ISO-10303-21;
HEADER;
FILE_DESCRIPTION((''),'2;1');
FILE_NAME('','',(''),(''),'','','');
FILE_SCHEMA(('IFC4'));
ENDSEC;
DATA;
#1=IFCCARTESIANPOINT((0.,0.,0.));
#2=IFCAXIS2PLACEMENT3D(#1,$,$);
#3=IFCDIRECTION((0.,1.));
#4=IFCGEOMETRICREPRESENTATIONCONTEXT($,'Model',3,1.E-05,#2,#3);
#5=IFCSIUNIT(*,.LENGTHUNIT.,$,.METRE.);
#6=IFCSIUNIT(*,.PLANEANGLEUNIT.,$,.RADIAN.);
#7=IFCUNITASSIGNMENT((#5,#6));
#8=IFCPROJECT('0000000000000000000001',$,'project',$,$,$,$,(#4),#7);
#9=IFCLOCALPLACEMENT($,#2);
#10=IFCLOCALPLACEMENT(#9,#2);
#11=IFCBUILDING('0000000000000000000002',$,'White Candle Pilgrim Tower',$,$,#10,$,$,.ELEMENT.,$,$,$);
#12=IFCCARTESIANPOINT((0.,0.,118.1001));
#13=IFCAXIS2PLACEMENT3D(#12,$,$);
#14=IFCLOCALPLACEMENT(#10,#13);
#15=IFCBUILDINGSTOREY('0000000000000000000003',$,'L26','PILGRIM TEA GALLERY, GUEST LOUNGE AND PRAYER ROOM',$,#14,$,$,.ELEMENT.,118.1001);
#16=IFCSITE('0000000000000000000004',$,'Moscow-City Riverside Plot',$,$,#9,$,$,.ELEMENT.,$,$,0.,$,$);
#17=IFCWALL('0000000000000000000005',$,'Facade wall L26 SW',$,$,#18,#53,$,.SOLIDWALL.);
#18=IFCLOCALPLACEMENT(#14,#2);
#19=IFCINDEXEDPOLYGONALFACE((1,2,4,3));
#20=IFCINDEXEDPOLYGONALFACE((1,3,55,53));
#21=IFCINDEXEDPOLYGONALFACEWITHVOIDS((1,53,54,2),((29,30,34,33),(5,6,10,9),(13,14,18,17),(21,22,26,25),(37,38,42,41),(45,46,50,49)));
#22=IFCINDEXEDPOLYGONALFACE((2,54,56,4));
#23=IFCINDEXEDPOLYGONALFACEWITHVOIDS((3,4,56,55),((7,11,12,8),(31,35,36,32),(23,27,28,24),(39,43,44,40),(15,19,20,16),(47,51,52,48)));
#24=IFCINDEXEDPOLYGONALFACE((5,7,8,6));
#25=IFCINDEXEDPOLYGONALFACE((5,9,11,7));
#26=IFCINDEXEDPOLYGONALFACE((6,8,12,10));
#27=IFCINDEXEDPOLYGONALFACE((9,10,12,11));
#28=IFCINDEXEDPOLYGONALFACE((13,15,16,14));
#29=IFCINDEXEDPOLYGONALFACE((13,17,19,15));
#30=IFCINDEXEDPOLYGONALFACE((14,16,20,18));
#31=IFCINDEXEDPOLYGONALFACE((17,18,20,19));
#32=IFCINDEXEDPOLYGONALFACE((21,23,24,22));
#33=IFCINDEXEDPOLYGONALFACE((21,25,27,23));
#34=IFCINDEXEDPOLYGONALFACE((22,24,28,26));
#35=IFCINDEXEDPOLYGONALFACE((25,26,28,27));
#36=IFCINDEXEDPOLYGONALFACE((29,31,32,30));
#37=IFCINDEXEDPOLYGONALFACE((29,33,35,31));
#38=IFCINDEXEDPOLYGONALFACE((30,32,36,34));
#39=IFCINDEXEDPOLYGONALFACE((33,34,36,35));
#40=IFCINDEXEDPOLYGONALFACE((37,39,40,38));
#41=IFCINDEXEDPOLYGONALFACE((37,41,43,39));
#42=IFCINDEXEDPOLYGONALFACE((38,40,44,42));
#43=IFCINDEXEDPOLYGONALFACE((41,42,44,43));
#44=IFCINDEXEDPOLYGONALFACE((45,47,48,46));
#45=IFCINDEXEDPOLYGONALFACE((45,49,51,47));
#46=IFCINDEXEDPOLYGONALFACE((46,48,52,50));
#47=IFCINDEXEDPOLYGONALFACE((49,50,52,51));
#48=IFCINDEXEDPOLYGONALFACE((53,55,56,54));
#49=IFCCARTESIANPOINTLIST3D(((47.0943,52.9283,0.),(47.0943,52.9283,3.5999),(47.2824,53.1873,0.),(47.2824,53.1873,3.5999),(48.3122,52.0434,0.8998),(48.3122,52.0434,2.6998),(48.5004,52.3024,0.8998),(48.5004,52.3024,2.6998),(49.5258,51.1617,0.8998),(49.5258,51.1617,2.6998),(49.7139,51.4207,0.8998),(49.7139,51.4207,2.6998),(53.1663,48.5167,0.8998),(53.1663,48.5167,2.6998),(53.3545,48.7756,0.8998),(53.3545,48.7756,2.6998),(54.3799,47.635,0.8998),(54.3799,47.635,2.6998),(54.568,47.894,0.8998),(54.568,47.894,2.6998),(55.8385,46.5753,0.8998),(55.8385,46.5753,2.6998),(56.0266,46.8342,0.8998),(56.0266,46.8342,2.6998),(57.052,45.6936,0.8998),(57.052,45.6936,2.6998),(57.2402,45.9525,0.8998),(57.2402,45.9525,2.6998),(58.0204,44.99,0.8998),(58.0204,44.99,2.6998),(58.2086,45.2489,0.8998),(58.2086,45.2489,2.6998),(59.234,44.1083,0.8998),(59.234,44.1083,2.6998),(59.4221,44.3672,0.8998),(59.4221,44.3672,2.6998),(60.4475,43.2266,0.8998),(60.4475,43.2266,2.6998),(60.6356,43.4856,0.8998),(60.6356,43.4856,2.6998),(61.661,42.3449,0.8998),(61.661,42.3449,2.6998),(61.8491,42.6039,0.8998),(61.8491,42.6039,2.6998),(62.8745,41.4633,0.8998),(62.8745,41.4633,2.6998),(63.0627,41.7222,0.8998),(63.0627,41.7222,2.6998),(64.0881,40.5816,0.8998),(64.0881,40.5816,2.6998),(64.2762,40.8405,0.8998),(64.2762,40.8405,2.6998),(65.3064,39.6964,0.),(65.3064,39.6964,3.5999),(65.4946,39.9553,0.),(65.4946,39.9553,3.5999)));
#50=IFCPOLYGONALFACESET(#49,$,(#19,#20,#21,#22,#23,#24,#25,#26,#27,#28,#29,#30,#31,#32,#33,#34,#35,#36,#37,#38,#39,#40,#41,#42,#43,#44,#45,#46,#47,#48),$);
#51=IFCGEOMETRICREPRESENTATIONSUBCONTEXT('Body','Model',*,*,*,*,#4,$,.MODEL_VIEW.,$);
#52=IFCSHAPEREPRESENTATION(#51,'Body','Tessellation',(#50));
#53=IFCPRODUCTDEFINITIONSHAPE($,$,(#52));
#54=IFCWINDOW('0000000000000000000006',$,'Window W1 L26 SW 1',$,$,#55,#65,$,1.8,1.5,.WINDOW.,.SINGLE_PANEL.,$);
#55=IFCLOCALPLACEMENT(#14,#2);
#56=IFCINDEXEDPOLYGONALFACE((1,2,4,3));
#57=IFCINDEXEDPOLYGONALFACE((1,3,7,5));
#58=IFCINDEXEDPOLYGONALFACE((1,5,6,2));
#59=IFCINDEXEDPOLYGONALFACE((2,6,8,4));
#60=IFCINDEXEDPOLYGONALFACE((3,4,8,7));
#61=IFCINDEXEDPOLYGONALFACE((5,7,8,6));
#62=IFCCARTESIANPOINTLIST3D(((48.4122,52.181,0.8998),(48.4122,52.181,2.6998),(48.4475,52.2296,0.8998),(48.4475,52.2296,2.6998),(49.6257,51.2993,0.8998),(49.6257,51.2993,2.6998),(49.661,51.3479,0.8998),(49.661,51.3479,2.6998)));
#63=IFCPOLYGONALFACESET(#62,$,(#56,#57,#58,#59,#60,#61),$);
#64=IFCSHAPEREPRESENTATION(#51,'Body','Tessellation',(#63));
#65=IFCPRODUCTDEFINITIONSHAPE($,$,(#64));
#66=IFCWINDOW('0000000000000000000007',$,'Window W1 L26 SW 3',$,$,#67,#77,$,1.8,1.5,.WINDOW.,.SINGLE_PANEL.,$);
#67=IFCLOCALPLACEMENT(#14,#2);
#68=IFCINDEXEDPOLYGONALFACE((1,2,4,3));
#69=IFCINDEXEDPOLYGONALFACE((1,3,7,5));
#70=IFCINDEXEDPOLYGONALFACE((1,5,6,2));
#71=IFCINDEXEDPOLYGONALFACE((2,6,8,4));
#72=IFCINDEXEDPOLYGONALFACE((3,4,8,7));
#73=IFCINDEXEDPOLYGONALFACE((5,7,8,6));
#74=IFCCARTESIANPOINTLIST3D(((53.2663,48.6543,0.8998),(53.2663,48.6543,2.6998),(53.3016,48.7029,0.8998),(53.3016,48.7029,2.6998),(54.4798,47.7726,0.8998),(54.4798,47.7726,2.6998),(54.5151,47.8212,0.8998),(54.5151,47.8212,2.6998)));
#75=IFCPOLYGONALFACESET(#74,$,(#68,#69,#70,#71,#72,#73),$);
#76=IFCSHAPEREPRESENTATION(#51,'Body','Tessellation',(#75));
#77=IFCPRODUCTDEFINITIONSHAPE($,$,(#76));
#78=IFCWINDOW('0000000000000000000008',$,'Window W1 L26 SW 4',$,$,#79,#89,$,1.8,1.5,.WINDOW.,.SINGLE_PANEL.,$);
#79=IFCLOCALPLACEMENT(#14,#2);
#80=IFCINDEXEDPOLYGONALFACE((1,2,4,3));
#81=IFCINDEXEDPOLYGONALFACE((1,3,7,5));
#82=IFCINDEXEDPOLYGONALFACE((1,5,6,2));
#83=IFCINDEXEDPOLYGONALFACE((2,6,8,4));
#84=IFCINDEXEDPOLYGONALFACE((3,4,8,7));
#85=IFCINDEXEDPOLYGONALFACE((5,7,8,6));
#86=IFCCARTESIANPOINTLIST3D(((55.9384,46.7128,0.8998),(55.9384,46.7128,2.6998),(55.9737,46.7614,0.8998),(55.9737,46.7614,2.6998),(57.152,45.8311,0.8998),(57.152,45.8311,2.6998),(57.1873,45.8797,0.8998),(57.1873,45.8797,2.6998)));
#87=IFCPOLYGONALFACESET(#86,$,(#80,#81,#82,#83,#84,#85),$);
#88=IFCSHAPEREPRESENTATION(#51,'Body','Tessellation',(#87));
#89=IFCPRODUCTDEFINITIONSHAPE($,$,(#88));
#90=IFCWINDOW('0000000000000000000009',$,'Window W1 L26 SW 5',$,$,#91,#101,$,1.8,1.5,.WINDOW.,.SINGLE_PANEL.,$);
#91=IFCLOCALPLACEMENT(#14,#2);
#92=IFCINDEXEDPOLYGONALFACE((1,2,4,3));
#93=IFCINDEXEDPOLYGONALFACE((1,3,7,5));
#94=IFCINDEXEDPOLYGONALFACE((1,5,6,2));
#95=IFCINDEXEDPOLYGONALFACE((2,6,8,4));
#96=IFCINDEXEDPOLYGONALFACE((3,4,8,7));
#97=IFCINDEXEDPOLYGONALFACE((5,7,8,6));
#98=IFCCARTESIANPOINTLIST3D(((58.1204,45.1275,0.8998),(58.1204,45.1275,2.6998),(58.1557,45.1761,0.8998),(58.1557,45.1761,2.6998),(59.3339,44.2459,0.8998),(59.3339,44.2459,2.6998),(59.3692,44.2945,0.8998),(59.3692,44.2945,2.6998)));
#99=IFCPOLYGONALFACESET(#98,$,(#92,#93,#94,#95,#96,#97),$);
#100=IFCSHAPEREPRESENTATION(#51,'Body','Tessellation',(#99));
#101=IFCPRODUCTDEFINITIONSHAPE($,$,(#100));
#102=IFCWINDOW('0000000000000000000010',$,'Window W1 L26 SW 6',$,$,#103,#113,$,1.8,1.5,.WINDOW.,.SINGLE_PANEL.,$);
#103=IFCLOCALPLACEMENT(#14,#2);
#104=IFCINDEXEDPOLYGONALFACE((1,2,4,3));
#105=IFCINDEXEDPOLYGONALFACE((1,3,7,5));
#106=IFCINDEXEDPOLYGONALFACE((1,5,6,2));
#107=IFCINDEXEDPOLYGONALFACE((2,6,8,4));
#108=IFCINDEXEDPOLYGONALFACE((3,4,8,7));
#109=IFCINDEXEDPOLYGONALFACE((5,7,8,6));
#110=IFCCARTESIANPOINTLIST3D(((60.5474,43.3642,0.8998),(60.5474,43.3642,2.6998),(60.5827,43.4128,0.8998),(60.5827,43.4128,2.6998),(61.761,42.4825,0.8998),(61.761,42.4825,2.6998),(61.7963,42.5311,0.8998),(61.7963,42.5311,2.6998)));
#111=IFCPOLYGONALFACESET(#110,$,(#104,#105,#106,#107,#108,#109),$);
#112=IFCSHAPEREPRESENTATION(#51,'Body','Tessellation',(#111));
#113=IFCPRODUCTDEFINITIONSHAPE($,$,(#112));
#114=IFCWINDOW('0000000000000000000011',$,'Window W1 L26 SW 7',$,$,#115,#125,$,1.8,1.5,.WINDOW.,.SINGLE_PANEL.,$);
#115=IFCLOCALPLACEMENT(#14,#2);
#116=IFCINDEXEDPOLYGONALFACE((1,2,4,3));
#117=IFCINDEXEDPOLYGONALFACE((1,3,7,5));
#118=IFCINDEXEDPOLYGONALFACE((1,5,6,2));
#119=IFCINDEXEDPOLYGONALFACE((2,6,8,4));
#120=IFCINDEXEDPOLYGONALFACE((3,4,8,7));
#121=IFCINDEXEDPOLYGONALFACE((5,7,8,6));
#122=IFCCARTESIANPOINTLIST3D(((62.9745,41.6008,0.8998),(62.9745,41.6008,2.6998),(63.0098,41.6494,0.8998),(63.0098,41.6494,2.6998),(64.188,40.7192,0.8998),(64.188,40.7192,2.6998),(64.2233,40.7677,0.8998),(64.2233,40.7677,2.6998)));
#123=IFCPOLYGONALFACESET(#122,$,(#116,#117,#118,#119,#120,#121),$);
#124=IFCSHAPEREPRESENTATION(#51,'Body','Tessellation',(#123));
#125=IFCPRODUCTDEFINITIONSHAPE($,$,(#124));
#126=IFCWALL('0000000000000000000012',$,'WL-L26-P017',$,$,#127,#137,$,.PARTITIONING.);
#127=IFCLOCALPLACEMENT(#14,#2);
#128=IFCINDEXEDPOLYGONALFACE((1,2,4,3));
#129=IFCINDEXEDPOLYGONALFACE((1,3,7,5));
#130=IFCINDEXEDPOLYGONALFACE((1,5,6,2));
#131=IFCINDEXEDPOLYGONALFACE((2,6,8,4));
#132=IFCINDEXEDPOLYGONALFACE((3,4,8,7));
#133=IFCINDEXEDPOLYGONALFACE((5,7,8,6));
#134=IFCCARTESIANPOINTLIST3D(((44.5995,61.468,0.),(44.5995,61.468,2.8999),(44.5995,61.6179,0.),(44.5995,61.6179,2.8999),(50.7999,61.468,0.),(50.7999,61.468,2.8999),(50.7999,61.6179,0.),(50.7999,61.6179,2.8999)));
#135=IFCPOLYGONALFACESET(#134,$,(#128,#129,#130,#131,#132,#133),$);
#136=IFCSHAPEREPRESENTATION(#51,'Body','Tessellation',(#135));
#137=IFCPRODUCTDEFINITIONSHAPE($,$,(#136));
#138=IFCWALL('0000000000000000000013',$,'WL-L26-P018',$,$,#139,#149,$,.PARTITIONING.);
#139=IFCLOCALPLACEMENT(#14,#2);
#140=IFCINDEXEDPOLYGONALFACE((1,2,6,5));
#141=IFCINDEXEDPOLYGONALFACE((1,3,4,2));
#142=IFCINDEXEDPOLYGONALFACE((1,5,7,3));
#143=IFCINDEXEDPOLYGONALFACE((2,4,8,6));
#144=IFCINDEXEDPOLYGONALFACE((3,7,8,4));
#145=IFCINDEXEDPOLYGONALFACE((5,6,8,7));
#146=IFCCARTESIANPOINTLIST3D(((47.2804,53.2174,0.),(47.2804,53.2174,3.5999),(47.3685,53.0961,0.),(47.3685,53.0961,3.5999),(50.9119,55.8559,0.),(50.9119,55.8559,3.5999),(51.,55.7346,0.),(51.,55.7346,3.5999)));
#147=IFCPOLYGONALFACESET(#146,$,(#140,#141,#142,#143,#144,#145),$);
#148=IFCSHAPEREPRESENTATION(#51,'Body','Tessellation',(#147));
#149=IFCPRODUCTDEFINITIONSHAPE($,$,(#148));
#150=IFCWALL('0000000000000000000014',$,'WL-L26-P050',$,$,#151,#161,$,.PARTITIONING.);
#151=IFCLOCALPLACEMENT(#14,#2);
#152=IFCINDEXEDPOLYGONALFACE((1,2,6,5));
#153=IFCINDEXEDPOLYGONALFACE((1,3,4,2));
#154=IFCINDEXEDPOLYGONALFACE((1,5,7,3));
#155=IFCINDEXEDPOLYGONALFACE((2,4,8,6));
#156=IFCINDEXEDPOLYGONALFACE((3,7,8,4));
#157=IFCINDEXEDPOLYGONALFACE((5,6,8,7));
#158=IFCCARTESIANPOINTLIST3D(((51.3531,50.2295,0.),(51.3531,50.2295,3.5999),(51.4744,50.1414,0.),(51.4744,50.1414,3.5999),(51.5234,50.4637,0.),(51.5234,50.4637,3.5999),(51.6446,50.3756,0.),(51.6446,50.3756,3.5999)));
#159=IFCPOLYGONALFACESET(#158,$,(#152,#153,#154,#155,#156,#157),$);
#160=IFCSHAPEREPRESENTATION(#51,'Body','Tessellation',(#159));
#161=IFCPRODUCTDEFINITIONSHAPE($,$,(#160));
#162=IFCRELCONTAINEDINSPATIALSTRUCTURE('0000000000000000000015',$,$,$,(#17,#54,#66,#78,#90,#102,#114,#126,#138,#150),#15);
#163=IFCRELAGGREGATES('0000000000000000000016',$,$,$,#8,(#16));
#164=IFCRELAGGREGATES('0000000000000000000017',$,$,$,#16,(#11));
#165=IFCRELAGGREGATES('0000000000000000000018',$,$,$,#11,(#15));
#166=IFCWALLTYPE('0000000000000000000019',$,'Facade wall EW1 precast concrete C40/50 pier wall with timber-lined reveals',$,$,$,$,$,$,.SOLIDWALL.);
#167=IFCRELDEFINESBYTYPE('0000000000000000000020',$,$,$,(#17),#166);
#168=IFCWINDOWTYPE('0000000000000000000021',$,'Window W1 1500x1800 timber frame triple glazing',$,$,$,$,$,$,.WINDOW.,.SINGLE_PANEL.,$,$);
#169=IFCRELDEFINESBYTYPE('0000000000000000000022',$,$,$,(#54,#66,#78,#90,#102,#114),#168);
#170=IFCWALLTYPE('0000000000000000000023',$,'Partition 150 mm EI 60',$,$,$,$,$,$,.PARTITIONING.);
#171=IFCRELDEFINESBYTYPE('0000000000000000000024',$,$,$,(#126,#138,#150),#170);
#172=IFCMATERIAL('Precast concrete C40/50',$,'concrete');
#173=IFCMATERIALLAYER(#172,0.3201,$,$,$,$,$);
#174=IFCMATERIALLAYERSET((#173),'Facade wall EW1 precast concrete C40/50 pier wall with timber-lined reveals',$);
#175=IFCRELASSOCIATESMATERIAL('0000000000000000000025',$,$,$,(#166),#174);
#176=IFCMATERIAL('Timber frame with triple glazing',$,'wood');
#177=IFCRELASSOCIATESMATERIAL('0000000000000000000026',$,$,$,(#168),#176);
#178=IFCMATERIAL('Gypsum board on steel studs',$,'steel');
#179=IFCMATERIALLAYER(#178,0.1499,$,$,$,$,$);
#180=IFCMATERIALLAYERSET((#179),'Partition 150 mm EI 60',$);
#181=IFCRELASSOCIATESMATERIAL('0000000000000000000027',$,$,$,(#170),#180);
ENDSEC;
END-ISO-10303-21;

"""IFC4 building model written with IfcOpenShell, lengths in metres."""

from ifc_helpers import new_model, si_unit, direction, frame, frame_2d, origin, place, context, subcontext, project, spatial, rectangle, extrude, material, layer, layer_set, type_object, element, fill, save


model = new_model("IFC4")

# Units and contexts
model_context = context("Model", 3, precision=1e-05, world=origin(), true_north=direction((0.0, 1.0)))
body_context = subcontext(model_context, "Body", "Model", "MODEL_VIEW")
ifc_project = project(units=[si_unit("LENGTHUNIT", "METRE"), si_unit("PLANEANGLEUNIT", "RADIAN")], contexts=[model_context])

# Site, building, storey
site_placement = place(None, origin())
site = spatial("IfcSite", under=ifc_project, at=site_placement, Name="Moscow-City Riverside Plot", CompositionType="ELEMENT", RefElevation=0.0)
building_placement = place(site_placement, origin())
building = spatial("IfcBuilding", under=site, at=building_placement, Name="White Candle Pilgrim Tower", CompositionType="ELEMENT")
storey_placement = place(building_placement, frame((0.0, 0.0, 118.1001)))
storey = spatial("IfcBuildingStorey", under=building, at=storey_placement, Name="L26", Description="PILGRIM TEA GALLERY, GUEST LOUNGE AND PRAYER ROOM", CompositionType="ELEMENT", Elevation=118.1001)

# Shared definitions
ifc_material_1 = material(Name="Gypsum board on steel studs", Category="steel")

# Wall, openings, windows
ifc_material_2 = material(Name="Precast concrete C40/50", Category="concrete")
ifc_layer_1 = layer(ifc_material_2, 0.3201)
ifc_layer_set_1 = layer_set([ifc_layer_1], Name="Facade wall EW1 precast concrete C40/50 pier wall with timber-lined reveals")
wall_type_1 = type_object("IfcWallType", Name="Facade wall EW1 precast concrete C40/50 pier wall with timber-lined reveals", PredefinedType="SOLIDWALL", material=ifc_layer_set_1)
ifc_material_3 = material(Name="Timber frame with triple glazing", Category="wood")
wall_1_placement = place(storey_placement, frame((47.1882, 53.0579, 0.0), z_axis=(0.0, 0.0, 1.0), x_axis=(0.809016, -0.587786, 0.0)))
wall_1 = element("IfcWall", 1, at=wall_1_placement, inside=storey, type_object=wall_type_1, Name="Facade wall L26 SW", PredefinedType="SOLIDWALL", context=body_context, shape_type="SweptSolid", body=[
    extrude(rectangle(XDim=22.5115, YDim=0.3201, at=frame_2d((11.2559, 0.0))), origin(), (0.0, 0.0, 1.0), 3.5999),
])
opening_1_placement = place(wall_1_placement, frame((1.5056, 0.0, 0.8999)))
opening_1 = element("IfcOpeningElement", 2, at=opening_1_placement, cuts=wall_1, PredefinedType="OPENING", context=body_context, shape_type="SweptSolid", body=[
    extrude(rectangle(XDim=1.5, YDim=1.8, at=frame_2d((0.75, 0.8999))), frame((0.0, 0.1699, 0.0), z_axis=(0.0, -1.0, 0.0), x_axis=(1.0, 0.0, 0.0)), (0.0, 0.0, 1.0), 0.3401),
])
opening_2_placement = place(wall_1_placement, frame((7.5056, 0.0, 0.8999)))
opening_2 = element("IfcOpeningElement", 3, at=opening_2_placement, cuts=wall_1, PredefinedType="OPENING", context=body_context, shape_type="SweptSolid", body=[
    extrude(rectangle(XDim=1.5, YDim=1.8, at=frame_2d((0.75, 0.8999))), frame((0.0, 0.1699, 0.0), z_axis=(0.0, -1.0, 0.0), x_axis=(1.0, 0.0, 0.0)), (0.0, 0.0, 1.0), 0.3401),
])
opening_3_placement = place(wall_1_placement, frame((10.8086, 0.0, 0.8999)))
opening_3 = element("IfcOpeningElement", 4, at=opening_3_placement, cuts=wall_1, PredefinedType="OPENING", context=body_context, shape_type="SweptSolid", body=[
    extrude(rectangle(XDim=1.5, YDim=1.8, at=frame_2d((0.75, 0.8999))), frame((0.0, 0.1699, 0.0), z_axis=(0.0, -1.0, 0.0), x_axis=(1.0, 0.0, 0.0)), (0.0, 0.0, 1.0), 0.3401),
])
opening_4_placement = place(wall_1_placement, frame((13.5056, 0.0, 0.8999)))
opening_4 = element("IfcOpeningElement", 5, at=opening_4_placement, cuts=wall_1, PredefinedType="OPENING", context=body_context, shape_type="SweptSolid", body=[
    extrude(rectangle(XDim=1.5, YDim=1.8, at=frame_2d((0.75, 0.8999))), frame((0.0, 0.1699, 0.0), z_axis=(0.0, -1.0, 0.0), x_axis=(1.0, 0.0, 0.0)), (0.0, 0.0, 1.0), 0.3401),
])
opening_5_placement = place(wall_1_placement, frame((16.5056, 0.0, 0.8999)))
opening_5 = element("IfcOpeningElement", 6, at=opening_5_placement, cuts=wall_1, PredefinedType="OPENING", context=body_context, shape_type="SweptSolid", body=[
    extrude(rectangle(XDim=1.5, YDim=1.8, at=frame_2d((0.75, 0.8999))), frame((0.0, 0.1699, 0.0), z_axis=(0.0, -1.0, 0.0), x_axis=(1.0, 0.0, 0.0)), (0.0, 0.0, 1.0), 0.3401),
])
opening_6_placement = place(wall_1_placement, frame((19.5056, 0.0, 0.8999)))
opening_6 = element("IfcOpeningElement", 7, at=opening_6_placement, cuts=wall_1, PredefinedType="OPENING", context=body_context, shape_type="SweptSolid", body=[
    extrude(rectangle(XDim=1.5, YDim=1.8, at=frame_2d((0.75, 0.8999))), frame((0.0, 0.1699, 0.0), z_axis=(0.0, -1.0, 0.0), x_axis=(1.0, 0.0, 0.0)), (0.0, 0.0, 1.0), 0.3401),
])
window_type_1 = type_object("IfcWindowType", Name="Window W1 1500x1800 timber frame triple glazing", PartitioningType="SINGLE_PANEL", PredefinedType="WINDOW", material=ifc_material_3)
window_1_placement = place(opening_1_placement, origin())
window_1 = element("IfcWindow", 8, at=window_1_placement, inside=storey, type_object=window_type_1, Name="Window W1 L26 SW 1", OverallHeight=1.8, OverallWidth=1.5, PartitioningType="SINGLE_PANEL", PredefinedType="WINDOW", context=body_context, shape_type="SweptSolid", body=[
    extrude(rectangle(XDim=1.5, YDim=1.8, at=frame_2d((0.75, 0.8999))), frame((0.0, 0.0701, 0.0), z_axis=(0.0, -1.0, 0.0), x_axis=(1.0, 0.0, 0.0)), (0.0, 0.0, 1.0), 0.0601),
])
fill(opening_1, window_1)
window_2_placement = place(opening_2_placement, origin())
window_2 = element("IfcWindow", 9, at=window_2_placement, inside=storey, type_object=window_type_1, Name="Window W1 L26 SW 3", OverallHeight=1.8, OverallWidth=1.5, PartitioningType="SINGLE_PANEL", PredefinedType="WINDOW", context=body_context, shape_type="SweptSolid", body=[
    extrude(rectangle(XDim=1.5, YDim=1.8, at=frame_2d((0.75, 0.8999))), frame((0.0, 0.0701, 0.0), z_axis=(0.0, -1.0, 0.0), x_axis=(1.0, 0.0, 0.0)), (0.0, 0.0, 1.0), 0.0601),
])
fill(opening_2, window_2)
window_3_placement = place(opening_3_placement, origin())
window_3 = element("IfcWindow", 10, at=window_3_placement, inside=storey, type_object=window_type_1, Name="Window W1 L26 SW 4", OverallHeight=1.8, OverallWidth=1.5, PartitioningType="SINGLE_PANEL", PredefinedType="WINDOW", context=body_context, shape_type="SweptSolid", body=[
    extrude(rectangle(XDim=1.5, YDim=1.8, at=frame_2d((0.75, 0.8999))), frame((0.0, 0.0701, 0.0), z_axis=(0.0, -1.0, 0.0), x_axis=(1.0, 0.0, 0.0)), (0.0, 0.0, 1.0), 0.0601),
])
fill(opening_3, window_3)
window_4_placement = place(opening_4_placement, origin())
window_4 = element("IfcWindow", 11, at=window_4_placement, inside=storey, type_object=window_type_1, Name="Window W1 L26 SW 5", OverallHeight=1.8, OverallWidth=1.5, PartitioningType="SINGLE_PANEL", PredefinedType="WINDOW", context=body_context, shape_type="SweptSolid", body=[
    extrude(rectangle(XDim=1.5, YDim=1.8, at=frame_2d((0.75, 0.8999))), frame((0.0, 0.0701, 0.0), z_axis=(0.0, -1.0, 0.0), x_axis=(1.0, 0.0, 0.0)), (0.0, 0.0, 1.0), 0.0601),
])
fill(opening_4, window_4)
window_5_placement = place(opening_5_placement, origin())
window_5 = element("IfcWindow", 12, at=window_5_placement, inside=storey, type_object=window_type_1, Name="Window W1 L26 SW 6", OverallHeight=1.8, OverallWidth=1.5, PartitioningType="SINGLE_PANEL", PredefinedType="WINDOW", context=body_context, shape_type="SweptSolid", body=[
    extrude(rectangle(XDim=1.5, YDim=1.8, at=frame_2d((0.75, 0.8999))), frame((0.0, 0.0701, 0.0), z_axis=(0.0, -1.0, 0.0), x_axis=(1.0, 0.0, 0.0)), (0.0, 0.0, 1.0), 0.0601),
])
fill(opening_5, window_5)
window_6_placement = place(opening_6_placement, origin())
window_6 = element("IfcWindow", 13, at=window_6_placement, inside=storey, type_object=window_type_1, Name="Window W1 L26 SW 7", OverallHeight=1.8, OverallWidth=1.5, PartitioningType="SINGLE_PANEL", PredefinedType="WINDOW", context=body_context, shape_type="SweptSolid", body=[
    extrude(rectangle(XDim=1.5, YDim=1.8, at=frame_2d((0.75, 0.8999))), frame((0.0, 0.0701, 0.0), z_axis=(0.0, -1.0, 0.0), x_axis=(1.0, 0.0, 0.0)), (0.0, 0.0, 1.0), 0.0601),
])
fill(opening_6, window_6)

# Walls
ifc_layer_2 = layer(ifc_material_1, 0.1499)
ifc_layer_set_2 = layer_set([ifc_layer_2], Name="Partition 150 mm EI 60")
wall_type_2 = type_object("IfcWallType", Name="Partition 150 mm EI 60", PredefinedType="PARTITIONING", material=ifc_layer_set_2)
wall_2_placement = place(storey_placement, frame((44.5996, 61.543, 0.0), z_axis=(0.0, 0.0, 1.0), x_axis=(1.0, 0.0, 0.0)))
element("IfcWall", 14, at=wall_2_placement, inside=storey, type_object=wall_type_2, Name="WL-L26-P017", PredefinedType="PARTITIONING", context=body_context, shape_type="SweptSolid", body=[
    extrude(rectangle(XDim=6.2004, YDim=0.1499, at=frame_2d((3.1001, 0.0))), origin(), (0.0, 0.0, 1.0), 2.8999),
])
wall_3_placement = place(storey_placement, frame((47.3245, 53.1567, 0.0), z_axis=(0.0, 0.0, 1.0), x_axis=(0.809006, 0.5878, 0.0)))
element("IfcWall", 15, at=wall_3_placement, inside=storey, type_object=wall_type_2, Name="WL-L26-P018", PredefinedType="PARTITIONING", context=body_context, shape_type="SweptSolid", body=[
    extrude(rectangle(XDim=4.4888, YDim=0.1499, at=frame_2d((2.2444, 0.0))), origin(), (0.0, 0.0, 1.0), 3.5999),
])
wall_4_placement = place(storey_placement, frame((51.584, 50.4197, 0.0), z_axis=(0.0, 0.0, 1.0), x_axis=(-0.587921, -0.808918, 0.0)))
element("IfcWall", 16, at=wall_4_placement, inside=storey, type_object=wall_type_2, Name="WL-L26-P050", PredefinedType="PARTITIONING", context=body_context, shape_type="SweptSolid", body=[
    extrude(rectangle(XDim=0.2896, YDim=0.1499, at=frame_2d((0.1448, 0.0))), origin(), (0.0, 0.0, 1.0), 3.5999),
])

save(model, "model.ifc")
